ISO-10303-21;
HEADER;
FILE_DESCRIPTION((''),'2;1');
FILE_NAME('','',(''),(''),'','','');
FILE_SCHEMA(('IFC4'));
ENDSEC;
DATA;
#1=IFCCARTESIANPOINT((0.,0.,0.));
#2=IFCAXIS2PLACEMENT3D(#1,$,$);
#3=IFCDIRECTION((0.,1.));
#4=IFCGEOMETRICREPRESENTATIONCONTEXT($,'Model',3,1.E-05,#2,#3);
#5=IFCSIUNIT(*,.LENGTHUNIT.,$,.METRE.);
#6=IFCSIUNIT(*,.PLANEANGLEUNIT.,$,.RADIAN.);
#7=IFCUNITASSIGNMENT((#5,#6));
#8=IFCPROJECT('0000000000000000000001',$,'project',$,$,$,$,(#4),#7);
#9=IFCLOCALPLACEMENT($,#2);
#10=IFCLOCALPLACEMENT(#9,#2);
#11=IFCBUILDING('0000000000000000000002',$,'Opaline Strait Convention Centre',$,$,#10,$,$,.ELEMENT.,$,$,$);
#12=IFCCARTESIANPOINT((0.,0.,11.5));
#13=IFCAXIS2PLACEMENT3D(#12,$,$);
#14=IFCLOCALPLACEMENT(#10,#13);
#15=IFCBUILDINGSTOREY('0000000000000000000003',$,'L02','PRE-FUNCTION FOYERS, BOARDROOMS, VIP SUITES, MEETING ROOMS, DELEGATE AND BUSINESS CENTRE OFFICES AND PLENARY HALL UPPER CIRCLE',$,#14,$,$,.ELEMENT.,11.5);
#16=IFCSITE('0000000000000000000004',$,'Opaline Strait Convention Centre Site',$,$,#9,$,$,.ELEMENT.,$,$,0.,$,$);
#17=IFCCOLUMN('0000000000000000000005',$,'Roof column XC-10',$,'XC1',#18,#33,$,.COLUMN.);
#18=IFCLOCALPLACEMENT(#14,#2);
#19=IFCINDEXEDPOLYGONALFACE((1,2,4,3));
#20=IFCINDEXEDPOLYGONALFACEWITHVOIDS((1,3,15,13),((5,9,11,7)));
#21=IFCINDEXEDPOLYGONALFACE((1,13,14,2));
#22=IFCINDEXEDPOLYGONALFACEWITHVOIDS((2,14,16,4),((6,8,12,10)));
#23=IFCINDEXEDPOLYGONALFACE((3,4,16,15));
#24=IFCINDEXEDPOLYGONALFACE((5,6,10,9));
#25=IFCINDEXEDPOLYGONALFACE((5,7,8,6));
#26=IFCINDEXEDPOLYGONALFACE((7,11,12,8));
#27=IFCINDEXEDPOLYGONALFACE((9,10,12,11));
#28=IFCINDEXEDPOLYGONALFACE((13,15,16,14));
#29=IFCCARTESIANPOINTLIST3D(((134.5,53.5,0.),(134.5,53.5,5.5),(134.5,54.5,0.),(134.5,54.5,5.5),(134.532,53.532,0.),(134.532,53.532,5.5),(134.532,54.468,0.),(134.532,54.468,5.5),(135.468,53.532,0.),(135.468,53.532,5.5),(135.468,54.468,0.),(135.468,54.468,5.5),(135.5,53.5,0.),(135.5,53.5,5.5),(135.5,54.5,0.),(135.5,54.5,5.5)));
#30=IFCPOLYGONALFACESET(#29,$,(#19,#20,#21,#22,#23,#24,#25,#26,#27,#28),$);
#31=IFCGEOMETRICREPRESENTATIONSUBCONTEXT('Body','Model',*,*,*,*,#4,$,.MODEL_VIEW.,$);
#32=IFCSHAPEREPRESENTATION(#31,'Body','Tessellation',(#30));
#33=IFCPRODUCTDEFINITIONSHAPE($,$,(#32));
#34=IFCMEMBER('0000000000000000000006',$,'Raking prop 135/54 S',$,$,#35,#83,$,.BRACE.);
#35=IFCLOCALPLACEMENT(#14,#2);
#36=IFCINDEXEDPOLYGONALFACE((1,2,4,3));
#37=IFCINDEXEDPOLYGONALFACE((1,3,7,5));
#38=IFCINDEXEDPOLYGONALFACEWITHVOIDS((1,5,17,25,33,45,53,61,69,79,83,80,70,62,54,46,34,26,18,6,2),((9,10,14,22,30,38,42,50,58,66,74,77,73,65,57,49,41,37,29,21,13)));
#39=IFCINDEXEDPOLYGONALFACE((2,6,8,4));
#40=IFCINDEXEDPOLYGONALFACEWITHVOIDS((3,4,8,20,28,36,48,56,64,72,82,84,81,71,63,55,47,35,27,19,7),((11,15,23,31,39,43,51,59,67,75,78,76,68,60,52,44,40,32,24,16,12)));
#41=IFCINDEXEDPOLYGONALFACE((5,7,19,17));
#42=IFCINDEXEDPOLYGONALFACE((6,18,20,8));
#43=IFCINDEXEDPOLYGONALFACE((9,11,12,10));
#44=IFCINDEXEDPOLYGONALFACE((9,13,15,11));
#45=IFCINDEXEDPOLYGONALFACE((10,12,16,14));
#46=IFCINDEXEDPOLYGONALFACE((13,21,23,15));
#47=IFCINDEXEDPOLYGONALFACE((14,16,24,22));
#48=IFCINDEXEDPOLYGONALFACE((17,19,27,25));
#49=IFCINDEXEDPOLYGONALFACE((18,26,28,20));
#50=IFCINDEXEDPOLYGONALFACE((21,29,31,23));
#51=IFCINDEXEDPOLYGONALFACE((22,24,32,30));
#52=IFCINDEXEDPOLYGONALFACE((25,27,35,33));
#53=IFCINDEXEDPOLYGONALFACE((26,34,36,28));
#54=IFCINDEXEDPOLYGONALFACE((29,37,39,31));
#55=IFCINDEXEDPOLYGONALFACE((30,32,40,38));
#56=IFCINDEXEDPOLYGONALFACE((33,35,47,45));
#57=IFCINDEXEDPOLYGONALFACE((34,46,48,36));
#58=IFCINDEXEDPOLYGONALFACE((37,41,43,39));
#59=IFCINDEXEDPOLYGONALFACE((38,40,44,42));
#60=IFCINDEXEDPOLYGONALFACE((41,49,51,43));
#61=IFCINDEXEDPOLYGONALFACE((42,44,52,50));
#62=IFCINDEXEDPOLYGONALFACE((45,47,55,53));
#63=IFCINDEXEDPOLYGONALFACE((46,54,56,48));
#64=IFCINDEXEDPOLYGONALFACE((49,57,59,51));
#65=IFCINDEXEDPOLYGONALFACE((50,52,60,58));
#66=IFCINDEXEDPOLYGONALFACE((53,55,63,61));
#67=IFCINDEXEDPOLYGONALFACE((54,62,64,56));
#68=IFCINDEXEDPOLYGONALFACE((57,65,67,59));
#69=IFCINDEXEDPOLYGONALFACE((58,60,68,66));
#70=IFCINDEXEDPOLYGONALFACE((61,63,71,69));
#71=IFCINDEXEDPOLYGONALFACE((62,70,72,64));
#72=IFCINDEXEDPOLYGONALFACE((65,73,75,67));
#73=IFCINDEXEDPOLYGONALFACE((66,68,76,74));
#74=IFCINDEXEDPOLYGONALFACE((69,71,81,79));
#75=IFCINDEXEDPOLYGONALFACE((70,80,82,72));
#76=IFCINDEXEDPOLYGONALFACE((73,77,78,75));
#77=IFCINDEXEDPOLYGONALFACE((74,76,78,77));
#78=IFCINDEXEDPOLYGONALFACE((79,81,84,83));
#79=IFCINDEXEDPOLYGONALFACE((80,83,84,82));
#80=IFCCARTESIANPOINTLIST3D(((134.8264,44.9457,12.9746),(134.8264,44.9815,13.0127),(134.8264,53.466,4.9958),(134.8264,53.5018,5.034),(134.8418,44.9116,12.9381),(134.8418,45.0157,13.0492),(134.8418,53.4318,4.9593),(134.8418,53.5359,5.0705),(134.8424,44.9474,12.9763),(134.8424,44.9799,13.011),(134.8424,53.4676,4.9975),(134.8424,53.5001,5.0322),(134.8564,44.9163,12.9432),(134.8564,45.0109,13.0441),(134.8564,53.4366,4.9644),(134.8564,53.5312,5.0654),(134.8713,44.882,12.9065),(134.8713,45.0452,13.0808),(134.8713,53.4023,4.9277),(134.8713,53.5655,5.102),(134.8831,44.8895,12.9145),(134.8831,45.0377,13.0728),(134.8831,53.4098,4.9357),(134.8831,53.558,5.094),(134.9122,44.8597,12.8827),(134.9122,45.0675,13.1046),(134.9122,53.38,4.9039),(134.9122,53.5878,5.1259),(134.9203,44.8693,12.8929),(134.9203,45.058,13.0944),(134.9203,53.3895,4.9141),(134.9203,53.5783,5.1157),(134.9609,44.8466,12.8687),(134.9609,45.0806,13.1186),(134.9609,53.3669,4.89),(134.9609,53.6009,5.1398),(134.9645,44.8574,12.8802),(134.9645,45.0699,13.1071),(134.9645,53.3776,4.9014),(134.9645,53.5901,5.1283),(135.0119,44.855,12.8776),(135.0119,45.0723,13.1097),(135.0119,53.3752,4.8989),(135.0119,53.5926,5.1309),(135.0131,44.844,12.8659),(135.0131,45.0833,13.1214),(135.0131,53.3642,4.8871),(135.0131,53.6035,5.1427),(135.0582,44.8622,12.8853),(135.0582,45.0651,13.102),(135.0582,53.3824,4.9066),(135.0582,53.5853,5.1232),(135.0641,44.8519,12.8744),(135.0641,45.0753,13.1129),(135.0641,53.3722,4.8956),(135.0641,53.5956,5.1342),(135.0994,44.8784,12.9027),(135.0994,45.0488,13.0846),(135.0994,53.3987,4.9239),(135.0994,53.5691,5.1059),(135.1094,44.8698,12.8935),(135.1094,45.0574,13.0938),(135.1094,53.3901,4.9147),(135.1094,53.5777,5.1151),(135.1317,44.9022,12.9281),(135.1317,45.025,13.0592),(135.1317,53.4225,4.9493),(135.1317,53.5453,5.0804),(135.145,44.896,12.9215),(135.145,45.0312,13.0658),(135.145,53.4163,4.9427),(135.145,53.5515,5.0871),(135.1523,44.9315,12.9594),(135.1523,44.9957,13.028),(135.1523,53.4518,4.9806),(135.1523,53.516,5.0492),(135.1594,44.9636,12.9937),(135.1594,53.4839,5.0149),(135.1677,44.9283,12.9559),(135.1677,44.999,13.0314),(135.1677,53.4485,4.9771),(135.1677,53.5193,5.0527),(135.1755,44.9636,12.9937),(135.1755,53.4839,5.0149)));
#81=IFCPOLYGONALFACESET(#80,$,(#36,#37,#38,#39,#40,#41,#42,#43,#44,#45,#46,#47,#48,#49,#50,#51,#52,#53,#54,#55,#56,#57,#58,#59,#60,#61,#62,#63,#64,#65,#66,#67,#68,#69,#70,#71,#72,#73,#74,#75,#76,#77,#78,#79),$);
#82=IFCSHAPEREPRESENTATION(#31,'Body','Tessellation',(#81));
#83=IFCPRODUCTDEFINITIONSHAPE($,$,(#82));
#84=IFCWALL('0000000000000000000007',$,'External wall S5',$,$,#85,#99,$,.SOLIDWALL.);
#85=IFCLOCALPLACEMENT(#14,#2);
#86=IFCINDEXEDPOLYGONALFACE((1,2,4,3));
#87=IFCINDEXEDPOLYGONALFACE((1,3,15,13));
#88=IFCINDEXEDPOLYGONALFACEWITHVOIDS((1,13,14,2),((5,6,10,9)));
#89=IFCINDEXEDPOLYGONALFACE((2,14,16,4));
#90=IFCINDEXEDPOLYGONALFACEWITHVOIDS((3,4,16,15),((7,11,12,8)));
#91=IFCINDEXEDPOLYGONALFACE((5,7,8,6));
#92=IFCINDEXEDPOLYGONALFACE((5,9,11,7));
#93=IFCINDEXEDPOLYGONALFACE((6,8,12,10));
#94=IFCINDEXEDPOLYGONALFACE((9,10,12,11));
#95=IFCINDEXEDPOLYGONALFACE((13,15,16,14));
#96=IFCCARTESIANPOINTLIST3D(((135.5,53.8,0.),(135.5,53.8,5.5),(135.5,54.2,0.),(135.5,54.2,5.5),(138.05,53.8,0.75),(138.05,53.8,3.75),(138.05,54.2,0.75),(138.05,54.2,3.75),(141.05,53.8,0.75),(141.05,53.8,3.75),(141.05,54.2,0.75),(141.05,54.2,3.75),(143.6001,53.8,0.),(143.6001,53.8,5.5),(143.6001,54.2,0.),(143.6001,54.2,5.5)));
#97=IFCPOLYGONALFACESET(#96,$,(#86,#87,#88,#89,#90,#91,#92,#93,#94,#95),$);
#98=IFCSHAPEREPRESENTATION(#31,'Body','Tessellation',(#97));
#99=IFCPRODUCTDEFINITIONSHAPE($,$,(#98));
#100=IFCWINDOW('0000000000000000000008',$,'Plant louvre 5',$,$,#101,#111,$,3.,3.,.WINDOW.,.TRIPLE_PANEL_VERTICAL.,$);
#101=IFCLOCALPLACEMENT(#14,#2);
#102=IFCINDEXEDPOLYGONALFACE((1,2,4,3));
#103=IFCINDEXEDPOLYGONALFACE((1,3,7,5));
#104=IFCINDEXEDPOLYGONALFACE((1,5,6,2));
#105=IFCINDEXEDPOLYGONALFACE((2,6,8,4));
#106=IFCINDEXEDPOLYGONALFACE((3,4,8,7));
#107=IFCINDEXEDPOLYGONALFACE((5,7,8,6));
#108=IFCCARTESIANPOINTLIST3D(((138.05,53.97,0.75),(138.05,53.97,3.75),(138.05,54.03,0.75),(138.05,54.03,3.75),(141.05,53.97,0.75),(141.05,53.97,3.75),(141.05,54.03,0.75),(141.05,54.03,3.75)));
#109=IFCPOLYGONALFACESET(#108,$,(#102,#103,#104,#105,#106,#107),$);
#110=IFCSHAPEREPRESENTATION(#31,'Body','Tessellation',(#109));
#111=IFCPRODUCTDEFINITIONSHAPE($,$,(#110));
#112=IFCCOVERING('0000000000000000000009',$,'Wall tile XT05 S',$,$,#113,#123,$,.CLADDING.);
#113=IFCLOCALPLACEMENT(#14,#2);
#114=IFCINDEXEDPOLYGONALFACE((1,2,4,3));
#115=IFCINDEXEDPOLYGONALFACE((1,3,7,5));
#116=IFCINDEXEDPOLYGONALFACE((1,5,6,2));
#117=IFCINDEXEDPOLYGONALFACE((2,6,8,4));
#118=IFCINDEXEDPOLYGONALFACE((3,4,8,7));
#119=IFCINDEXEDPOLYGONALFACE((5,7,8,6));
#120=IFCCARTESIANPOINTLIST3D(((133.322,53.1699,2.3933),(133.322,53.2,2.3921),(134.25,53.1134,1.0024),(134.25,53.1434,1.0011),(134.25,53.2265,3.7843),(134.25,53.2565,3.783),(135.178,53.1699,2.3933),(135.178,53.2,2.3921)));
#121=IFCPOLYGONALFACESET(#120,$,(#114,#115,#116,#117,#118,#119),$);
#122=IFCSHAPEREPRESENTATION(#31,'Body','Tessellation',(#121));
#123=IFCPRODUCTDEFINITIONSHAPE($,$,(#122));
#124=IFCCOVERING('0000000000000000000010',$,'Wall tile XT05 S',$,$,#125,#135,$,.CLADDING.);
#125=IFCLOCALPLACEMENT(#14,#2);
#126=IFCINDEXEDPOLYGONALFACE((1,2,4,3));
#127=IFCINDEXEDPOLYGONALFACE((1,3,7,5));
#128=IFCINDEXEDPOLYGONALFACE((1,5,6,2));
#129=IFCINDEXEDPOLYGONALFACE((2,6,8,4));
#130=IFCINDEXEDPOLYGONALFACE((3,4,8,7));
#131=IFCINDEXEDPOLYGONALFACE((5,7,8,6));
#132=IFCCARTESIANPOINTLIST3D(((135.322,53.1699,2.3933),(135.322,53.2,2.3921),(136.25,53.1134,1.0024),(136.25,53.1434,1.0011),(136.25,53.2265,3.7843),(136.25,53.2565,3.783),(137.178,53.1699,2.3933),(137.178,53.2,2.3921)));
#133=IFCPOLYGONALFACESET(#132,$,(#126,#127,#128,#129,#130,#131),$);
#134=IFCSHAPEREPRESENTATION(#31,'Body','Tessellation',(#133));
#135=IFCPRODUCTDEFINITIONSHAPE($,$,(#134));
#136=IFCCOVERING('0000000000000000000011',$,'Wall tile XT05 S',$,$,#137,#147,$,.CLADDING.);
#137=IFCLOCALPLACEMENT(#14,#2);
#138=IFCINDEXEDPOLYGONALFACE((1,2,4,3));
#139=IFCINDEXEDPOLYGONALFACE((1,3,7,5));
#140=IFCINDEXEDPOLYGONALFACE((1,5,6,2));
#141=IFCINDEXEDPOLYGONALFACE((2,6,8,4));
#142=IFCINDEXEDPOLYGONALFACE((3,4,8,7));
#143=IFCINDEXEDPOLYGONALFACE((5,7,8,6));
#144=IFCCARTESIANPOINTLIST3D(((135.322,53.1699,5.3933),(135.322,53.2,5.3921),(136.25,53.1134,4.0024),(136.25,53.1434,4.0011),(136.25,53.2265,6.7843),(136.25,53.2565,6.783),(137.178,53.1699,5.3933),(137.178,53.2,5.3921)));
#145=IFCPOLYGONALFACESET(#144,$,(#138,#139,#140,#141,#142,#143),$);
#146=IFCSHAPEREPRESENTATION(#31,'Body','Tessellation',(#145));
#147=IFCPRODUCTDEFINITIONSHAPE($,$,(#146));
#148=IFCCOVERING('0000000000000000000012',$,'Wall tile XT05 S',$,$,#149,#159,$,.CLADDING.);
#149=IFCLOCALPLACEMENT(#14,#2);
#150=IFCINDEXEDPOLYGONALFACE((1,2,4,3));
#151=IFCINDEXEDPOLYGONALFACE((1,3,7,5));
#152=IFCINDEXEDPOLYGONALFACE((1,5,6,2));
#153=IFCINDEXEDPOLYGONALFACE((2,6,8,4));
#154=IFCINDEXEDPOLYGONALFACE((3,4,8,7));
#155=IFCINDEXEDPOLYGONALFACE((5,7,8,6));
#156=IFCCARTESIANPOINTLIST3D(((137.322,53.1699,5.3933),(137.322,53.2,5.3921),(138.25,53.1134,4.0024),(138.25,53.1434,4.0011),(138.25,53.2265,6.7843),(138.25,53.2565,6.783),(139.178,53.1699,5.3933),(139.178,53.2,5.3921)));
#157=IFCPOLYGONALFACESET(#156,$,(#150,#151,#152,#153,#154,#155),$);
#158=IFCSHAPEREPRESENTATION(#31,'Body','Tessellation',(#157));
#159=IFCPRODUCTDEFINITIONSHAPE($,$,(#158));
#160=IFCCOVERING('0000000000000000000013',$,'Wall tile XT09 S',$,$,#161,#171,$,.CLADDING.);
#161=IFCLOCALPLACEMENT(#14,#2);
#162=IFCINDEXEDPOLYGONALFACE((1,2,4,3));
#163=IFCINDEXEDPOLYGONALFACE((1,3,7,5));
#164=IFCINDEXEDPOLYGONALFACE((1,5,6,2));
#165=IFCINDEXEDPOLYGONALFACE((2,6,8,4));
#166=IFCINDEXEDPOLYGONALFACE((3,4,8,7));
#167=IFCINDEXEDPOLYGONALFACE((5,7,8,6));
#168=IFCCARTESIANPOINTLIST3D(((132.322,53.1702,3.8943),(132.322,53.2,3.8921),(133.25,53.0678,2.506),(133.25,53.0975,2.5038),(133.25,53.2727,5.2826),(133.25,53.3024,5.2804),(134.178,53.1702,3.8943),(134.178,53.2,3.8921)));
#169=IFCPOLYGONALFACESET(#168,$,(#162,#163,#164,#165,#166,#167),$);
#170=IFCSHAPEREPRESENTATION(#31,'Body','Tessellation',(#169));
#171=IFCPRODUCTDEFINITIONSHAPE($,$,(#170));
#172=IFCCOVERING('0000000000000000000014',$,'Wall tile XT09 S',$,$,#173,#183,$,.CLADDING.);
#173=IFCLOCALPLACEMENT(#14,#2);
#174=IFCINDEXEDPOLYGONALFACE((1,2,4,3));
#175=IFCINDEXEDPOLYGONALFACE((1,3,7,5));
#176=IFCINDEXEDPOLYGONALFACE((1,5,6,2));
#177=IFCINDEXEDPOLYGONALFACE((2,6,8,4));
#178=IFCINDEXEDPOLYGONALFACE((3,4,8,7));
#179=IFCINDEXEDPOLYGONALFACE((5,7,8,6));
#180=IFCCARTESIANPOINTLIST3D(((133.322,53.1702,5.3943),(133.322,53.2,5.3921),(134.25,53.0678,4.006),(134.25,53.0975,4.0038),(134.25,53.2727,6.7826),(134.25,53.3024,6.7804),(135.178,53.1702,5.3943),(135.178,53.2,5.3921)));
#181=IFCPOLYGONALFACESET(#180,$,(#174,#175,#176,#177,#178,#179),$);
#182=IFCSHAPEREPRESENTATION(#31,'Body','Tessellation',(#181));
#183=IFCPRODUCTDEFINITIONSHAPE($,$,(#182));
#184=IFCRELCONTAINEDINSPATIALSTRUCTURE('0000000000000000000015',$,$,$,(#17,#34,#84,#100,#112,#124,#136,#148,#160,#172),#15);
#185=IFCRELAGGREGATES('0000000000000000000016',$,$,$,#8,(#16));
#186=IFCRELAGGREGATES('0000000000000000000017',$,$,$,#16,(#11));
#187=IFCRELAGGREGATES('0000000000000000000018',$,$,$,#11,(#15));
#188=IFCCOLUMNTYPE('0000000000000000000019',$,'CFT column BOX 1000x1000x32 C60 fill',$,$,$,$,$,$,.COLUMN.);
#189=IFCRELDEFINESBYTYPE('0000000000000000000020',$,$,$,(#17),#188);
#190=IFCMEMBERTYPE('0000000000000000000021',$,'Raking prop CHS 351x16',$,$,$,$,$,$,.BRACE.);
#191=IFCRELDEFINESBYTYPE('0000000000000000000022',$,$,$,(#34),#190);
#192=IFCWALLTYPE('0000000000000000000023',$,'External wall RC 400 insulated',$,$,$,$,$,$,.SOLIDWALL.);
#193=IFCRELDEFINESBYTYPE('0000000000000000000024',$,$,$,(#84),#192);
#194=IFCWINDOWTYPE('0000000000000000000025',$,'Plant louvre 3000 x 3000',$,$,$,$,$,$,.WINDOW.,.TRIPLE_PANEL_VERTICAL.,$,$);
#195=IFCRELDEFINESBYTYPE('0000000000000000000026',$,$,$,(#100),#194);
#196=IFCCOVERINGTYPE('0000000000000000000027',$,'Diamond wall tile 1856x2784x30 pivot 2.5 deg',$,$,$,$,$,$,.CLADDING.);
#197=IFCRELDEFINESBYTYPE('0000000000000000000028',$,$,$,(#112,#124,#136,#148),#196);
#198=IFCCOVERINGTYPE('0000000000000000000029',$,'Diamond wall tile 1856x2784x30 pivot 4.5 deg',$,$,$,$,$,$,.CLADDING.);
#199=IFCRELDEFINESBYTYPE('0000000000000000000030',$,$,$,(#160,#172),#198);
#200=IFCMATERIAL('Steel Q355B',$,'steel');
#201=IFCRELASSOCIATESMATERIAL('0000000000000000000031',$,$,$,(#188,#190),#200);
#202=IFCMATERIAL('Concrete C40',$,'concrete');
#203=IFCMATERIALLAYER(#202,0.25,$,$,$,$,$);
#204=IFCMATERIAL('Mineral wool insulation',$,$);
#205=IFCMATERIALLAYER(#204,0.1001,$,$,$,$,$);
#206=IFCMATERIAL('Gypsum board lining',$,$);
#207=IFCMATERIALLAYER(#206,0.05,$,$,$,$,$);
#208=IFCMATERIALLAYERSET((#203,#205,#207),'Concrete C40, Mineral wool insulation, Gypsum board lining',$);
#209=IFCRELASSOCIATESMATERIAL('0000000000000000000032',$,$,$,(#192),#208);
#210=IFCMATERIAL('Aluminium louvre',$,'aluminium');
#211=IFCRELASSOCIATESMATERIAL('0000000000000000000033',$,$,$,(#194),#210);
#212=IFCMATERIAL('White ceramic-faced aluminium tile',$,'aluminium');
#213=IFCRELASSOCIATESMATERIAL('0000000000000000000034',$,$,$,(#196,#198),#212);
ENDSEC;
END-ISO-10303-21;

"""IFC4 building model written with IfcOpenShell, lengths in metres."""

from ifc_helpers import new_model, si_unit, direction, frame, frame_2d, origin, origin_2d, place, context, subcontext, project, spatial, polyline, rectangle, hollow_rectangle, hollow_circle, outline, extrude, material, layer, layer_set, material_profile, profile_set, type_object, element, fill, save


model = new_model("IFC4")

# Units and contexts
model_context = context("Model", 3, precision=1e-05, world=origin(), true_north=direction((0.0, 1.0)))
body_context = subcontext(model_context, "Body", "Model", "MODEL_VIEW")
ifc_project = project(units=[si_unit("LENGTHUNIT", "METRE"), si_unit("PLANEANGLEUNIT", "RADIAN")], contexts=[model_context])

# Site, building, storey
site_placement = place(None, origin())
site = spatial("IfcSite", under=ifc_project, at=site_placement, Name="Opaline Strait Convention Centre Site", CompositionType="ELEMENT", RefElevation=0.0)
building_placement = place(site_placement, origin())
building = spatial("IfcBuilding", under=site, at=building_placement, Name="Opaline Strait Convention Centre", CompositionType="ELEMENT")
storey_placement = place(building_placement, frame((0.0, 0.0, 11.5)))
storey = spatial("IfcBuildingStorey", under=building, at=storey_placement, Name="L02", Description="PRE-FUNCTION FOYERS, BOARDROOMS, VIP SUITES, MEETING ROOMS, DELEGATE AND BUSINESS CENTRE OFFICES AND PLENARY HALL UPPER CIRCLE", CompositionType="ELEMENT", Elevation=11.5)

# Column
ifc_material_1 = material(Name="Steel Q355B", Category="steel")
ifc_material_profile_1 = material_profile(ifc_material_1, hollow_rectangle(XDim=1.0, YDim=1.0, WallThickness=0.032, at=origin_2d()), Name="BOX 1000x1000x32")
ifc_profile_set_1 = profile_set([ifc_material_profile_1], Name="Steel Q355B")
column_type = type_object("IfcColumnType", Name="CFT column BOX 1000x1000x32 C60 fill", PredefinedType="COLUMN", material=ifc_profile_set_1)
column_placement = place(storey_placement, frame((135.0, 54.0, 0.0), z_axis=(0.0, 0.0, 1.0), x_axis=(1.0, 0.0, 0.0)))
element("IfcColumn", 1, at=column_placement, inside=storey, type_object=column_type, Name="Roof column XC-10", ObjectType="XC1", PredefinedType="COLUMN", context=body_context, shape_type="SweptSolid", body=[
    extrude(hollow_rectangle(XDim=1.0, YDim=1.0, WallThickness=0.032, at=origin_2d()), origin(), (0.0, 0.0, 1.0), 5.5),
])

# Member
ifc_material_profile_2 = material_profile(ifc_material_1, hollow_circle(Radius=0.1755, WallThickness=0.0161, at=origin_2d()), Name="CHS 351x16")
ifc_profile_set_2 = profile_set([ifc_material_profile_2], Name="Steel Q355B")
member_type = type_object("IfcMemberType", Name="Raking prop CHS 351x16", PredefinedType="BRACE", material=ifc_profile_set_2)
member_placement = place(storey_placement, frame((135.0, 53.4839, 5.0149), z_axis=(0.0, -0.729921, 0.683531), x_axis=(1.0, 0.0, 0.0)))
element("IfcMember", 2, at=member_placement, inside=storey, type_object=member_type, Name="Raking prop 135/54 S", PredefinedType="BRACE", context=body_context, shape_type="SweptSolid", body=[
    extrude(hollow_circle(Radius=0.1755, WallThickness=0.0161, at=origin_2d()), origin(), (0.0, 0.0, 1.0), 11.6729),
])

# Wall, opening, window
ifc_material_2 = material(Name="Concrete C40", Category="concrete")
ifc_layer_1 = layer(ifc_material_2, 0.25)
ifc_material_3 = material(Name="Mineral wool insulation")
ifc_layer_2 = layer(ifc_material_3, 0.1001)
ifc_material_4 = material(Name="Gypsum board lining")
ifc_layer_3 = layer(ifc_material_4, 0.05)
ifc_layer_set = layer_set([ifc_layer_1, ifc_layer_2, ifc_layer_3], Name="Concrete C40, Mineral wool insulation, Gypsum board lining")
wall_type = type_object("IfcWallType", Name="External wall RC 400 insulated", PredefinedType="SOLIDWALL", material=ifc_layer_set)
wall_placement = place(storey_placement, frame((135.5, 54.0, 0.0), z_axis=(0.0, 0.0, 1.0), x_axis=(1.0, 0.0, 0.0)))
wall = element("IfcWall", 3, at=wall_placement, inside=storey, type_object=wall_type, Name="External wall S5", PredefinedType="SOLIDWALL", context=body_context, shape_type="SweptSolid", body=[
    extrude(rectangle(XDim=8.1001, YDim=0.3999, at=frame_2d((4.05, 0.0))), origin(), (0.0, 0.0, 1.0), 5.5),
])
opening_placement = place(wall_placement, frame((2.55, 0.0, 0.75)))
opening = element("IfcOpeningElement", 4, at=opening_placement, cuts=wall, PredefinedType="OPENING", context=body_context, shape_type="SweptSolid", body=[
    extrude(rectangle(XDim=3.0, YDim=3.0, at=frame_2d((1.5, 1.5))), frame((0.0, 0.21, 0.0), z_axis=(0.0, -1.0, 0.0), x_axis=(1.0, 0.0, 0.0)), (0.0, 0.0, 1.0), 0.4199),
])
ifc_material_5 = material(Name="Aluminium louvre", Category="aluminium")
window_type = type_object("IfcWindowType", Name="Plant louvre 3000 x 3000", PartitioningType="TRIPLE_PANEL_VERTICAL", PredefinedType="WINDOW", material=ifc_material_5)
window_placement = place(opening_placement, origin())
window = element("IfcWindow", 5, at=window_placement, inside=storey, type_object=window_type, Name="Plant louvre 5", OverallHeight=3.0, OverallWidth=3.0, PartitioningType="TRIPLE_PANEL_VERTICAL", PredefinedType="WINDOW", context=body_context, shape_type="SweptSolid", body=[
    extrude(rectangle(XDim=3.0, YDim=3.0, at=frame_2d((1.5, 1.5))), frame((0.0, 0.03, 0.0), z_axis=(0.0, -1.0, 0.0), x_axis=(1.0, 0.0, 0.0)), (0.0, 0.0, 1.0), 0.0601),
])
fill(opening, window)

# Coverings
ifc_material_6 = material(Name="White ceramic-faced aluminium tile", Category="aluminium")
ifc_material_profile_3 = material_profile(ifc_material_6, outline(polyline([(0.928, 0.0), (0.0, 1.3921), (-0.928, 0.0), (0.0, -1.3921), (0.928, 0.0)])), Name="Diamond tile 1856x2784")
ifc_profile_set_3 = profile_set([ifc_material_profile_3], Name="White ceramic-faced aluminium tile")
covering_type_1 = type_object("IfcCoveringType", Name="Diamond wall tile 1856x2784x30 pivot 2.5 deg", PredefinedType="CLADDING", material=ifc_profile_set_3)
for number, where, z_axis, x_axis, name in (
    (6, (134.25, 53.2, 2.3921), (0.0, -0.999175, 0.040617), (1.0, 0.0, 0.0), "Wall tile XT05 S"),
    (7, (136.25, 53.2, 2.3921), (0.0, -0.999175, 0.040617), (1.0, 0.0, 0.0), "Wall tile XT05 S"),
    (8, (136.25, 53.2, 5.3921), (0.0, -0.999175, 0.040617), (1.0, 0.0, 0.0), "Wall tile XT05 S"),
    (9, (138.25, 53.2, 5.3921), (0.0, -0.999175, 0.040617), (1.0, 0.0, 0.0), "Wall tile XT05 S"),
):
    element("IfcCovering", number, at=place(storey_placement, frame(where, z_axis=z_axis, x_axis=x_axis)), inside=storey, type_object=covering_type_1, Name=name, PredefinedType="CLADDING", context=body_context, shape_type="SweptSolid", body=[
        extrude(outline(polyline([(0.928, 0.0), (0.0, 1.3921), (-0.928, 0.0), (0.0, -1.3921), (0.928, 0.0)])), origin(), (0.0, 0.0, 1.0), 0.03),
    ])
ifc_material_profile_4 = material_profile(ifc_material_6, outline(polyline([(0.928, 0.0), (0.0, 1.3921), (-0.928, 0.0), (0.0, -1.3921), (0.928, 0.0)])), Name="Diamond tile 1856x2784")
ifc_profile_set_4 = profile_set([ifc_material_profile_4], Name="White ceramic-faced aluminium tile")
covering_type_2 = type_object("IfcCoveringType", Name="Diamond wall tile 1856x2784x30 pivot 4.5 deg", PredefinedType="CLADDING", material=ifc_profile_set_4)
for number, where, z_axis, x_axis, name in (
    (10, (133.25, 53.2, 3.8921), (0.0, -0.99729, 0.073571), (1.0, 0.0, 0.0), "Wall tile XT09 S"),
    (11, (134.25, 53.2, 5.3921), (0.0, -0.99729, 0.073571), (1.0, 0.0, 0.0), "Wall tile XT09 S"),
):
    element("IfcCovering", number, at=place(storey_placement, frame(where, z_axis=z_axis, x_axis=x_axis)), inside=storey, type_object=covering_type_2, Name=name, PredefinedType="CLADDING", context=body_context, shape_type="SweptSolid", body=[
        extrude(outline(polyline([(0.928, 0.0), (0.0, 1.3921), (-0.928, 0.0), (0.0, -1.3921), (0.928, 0.0)])), origin(), (0.0, 0.0, 1.0), 0.0298),
    ])

save(model, "model.ifc")
